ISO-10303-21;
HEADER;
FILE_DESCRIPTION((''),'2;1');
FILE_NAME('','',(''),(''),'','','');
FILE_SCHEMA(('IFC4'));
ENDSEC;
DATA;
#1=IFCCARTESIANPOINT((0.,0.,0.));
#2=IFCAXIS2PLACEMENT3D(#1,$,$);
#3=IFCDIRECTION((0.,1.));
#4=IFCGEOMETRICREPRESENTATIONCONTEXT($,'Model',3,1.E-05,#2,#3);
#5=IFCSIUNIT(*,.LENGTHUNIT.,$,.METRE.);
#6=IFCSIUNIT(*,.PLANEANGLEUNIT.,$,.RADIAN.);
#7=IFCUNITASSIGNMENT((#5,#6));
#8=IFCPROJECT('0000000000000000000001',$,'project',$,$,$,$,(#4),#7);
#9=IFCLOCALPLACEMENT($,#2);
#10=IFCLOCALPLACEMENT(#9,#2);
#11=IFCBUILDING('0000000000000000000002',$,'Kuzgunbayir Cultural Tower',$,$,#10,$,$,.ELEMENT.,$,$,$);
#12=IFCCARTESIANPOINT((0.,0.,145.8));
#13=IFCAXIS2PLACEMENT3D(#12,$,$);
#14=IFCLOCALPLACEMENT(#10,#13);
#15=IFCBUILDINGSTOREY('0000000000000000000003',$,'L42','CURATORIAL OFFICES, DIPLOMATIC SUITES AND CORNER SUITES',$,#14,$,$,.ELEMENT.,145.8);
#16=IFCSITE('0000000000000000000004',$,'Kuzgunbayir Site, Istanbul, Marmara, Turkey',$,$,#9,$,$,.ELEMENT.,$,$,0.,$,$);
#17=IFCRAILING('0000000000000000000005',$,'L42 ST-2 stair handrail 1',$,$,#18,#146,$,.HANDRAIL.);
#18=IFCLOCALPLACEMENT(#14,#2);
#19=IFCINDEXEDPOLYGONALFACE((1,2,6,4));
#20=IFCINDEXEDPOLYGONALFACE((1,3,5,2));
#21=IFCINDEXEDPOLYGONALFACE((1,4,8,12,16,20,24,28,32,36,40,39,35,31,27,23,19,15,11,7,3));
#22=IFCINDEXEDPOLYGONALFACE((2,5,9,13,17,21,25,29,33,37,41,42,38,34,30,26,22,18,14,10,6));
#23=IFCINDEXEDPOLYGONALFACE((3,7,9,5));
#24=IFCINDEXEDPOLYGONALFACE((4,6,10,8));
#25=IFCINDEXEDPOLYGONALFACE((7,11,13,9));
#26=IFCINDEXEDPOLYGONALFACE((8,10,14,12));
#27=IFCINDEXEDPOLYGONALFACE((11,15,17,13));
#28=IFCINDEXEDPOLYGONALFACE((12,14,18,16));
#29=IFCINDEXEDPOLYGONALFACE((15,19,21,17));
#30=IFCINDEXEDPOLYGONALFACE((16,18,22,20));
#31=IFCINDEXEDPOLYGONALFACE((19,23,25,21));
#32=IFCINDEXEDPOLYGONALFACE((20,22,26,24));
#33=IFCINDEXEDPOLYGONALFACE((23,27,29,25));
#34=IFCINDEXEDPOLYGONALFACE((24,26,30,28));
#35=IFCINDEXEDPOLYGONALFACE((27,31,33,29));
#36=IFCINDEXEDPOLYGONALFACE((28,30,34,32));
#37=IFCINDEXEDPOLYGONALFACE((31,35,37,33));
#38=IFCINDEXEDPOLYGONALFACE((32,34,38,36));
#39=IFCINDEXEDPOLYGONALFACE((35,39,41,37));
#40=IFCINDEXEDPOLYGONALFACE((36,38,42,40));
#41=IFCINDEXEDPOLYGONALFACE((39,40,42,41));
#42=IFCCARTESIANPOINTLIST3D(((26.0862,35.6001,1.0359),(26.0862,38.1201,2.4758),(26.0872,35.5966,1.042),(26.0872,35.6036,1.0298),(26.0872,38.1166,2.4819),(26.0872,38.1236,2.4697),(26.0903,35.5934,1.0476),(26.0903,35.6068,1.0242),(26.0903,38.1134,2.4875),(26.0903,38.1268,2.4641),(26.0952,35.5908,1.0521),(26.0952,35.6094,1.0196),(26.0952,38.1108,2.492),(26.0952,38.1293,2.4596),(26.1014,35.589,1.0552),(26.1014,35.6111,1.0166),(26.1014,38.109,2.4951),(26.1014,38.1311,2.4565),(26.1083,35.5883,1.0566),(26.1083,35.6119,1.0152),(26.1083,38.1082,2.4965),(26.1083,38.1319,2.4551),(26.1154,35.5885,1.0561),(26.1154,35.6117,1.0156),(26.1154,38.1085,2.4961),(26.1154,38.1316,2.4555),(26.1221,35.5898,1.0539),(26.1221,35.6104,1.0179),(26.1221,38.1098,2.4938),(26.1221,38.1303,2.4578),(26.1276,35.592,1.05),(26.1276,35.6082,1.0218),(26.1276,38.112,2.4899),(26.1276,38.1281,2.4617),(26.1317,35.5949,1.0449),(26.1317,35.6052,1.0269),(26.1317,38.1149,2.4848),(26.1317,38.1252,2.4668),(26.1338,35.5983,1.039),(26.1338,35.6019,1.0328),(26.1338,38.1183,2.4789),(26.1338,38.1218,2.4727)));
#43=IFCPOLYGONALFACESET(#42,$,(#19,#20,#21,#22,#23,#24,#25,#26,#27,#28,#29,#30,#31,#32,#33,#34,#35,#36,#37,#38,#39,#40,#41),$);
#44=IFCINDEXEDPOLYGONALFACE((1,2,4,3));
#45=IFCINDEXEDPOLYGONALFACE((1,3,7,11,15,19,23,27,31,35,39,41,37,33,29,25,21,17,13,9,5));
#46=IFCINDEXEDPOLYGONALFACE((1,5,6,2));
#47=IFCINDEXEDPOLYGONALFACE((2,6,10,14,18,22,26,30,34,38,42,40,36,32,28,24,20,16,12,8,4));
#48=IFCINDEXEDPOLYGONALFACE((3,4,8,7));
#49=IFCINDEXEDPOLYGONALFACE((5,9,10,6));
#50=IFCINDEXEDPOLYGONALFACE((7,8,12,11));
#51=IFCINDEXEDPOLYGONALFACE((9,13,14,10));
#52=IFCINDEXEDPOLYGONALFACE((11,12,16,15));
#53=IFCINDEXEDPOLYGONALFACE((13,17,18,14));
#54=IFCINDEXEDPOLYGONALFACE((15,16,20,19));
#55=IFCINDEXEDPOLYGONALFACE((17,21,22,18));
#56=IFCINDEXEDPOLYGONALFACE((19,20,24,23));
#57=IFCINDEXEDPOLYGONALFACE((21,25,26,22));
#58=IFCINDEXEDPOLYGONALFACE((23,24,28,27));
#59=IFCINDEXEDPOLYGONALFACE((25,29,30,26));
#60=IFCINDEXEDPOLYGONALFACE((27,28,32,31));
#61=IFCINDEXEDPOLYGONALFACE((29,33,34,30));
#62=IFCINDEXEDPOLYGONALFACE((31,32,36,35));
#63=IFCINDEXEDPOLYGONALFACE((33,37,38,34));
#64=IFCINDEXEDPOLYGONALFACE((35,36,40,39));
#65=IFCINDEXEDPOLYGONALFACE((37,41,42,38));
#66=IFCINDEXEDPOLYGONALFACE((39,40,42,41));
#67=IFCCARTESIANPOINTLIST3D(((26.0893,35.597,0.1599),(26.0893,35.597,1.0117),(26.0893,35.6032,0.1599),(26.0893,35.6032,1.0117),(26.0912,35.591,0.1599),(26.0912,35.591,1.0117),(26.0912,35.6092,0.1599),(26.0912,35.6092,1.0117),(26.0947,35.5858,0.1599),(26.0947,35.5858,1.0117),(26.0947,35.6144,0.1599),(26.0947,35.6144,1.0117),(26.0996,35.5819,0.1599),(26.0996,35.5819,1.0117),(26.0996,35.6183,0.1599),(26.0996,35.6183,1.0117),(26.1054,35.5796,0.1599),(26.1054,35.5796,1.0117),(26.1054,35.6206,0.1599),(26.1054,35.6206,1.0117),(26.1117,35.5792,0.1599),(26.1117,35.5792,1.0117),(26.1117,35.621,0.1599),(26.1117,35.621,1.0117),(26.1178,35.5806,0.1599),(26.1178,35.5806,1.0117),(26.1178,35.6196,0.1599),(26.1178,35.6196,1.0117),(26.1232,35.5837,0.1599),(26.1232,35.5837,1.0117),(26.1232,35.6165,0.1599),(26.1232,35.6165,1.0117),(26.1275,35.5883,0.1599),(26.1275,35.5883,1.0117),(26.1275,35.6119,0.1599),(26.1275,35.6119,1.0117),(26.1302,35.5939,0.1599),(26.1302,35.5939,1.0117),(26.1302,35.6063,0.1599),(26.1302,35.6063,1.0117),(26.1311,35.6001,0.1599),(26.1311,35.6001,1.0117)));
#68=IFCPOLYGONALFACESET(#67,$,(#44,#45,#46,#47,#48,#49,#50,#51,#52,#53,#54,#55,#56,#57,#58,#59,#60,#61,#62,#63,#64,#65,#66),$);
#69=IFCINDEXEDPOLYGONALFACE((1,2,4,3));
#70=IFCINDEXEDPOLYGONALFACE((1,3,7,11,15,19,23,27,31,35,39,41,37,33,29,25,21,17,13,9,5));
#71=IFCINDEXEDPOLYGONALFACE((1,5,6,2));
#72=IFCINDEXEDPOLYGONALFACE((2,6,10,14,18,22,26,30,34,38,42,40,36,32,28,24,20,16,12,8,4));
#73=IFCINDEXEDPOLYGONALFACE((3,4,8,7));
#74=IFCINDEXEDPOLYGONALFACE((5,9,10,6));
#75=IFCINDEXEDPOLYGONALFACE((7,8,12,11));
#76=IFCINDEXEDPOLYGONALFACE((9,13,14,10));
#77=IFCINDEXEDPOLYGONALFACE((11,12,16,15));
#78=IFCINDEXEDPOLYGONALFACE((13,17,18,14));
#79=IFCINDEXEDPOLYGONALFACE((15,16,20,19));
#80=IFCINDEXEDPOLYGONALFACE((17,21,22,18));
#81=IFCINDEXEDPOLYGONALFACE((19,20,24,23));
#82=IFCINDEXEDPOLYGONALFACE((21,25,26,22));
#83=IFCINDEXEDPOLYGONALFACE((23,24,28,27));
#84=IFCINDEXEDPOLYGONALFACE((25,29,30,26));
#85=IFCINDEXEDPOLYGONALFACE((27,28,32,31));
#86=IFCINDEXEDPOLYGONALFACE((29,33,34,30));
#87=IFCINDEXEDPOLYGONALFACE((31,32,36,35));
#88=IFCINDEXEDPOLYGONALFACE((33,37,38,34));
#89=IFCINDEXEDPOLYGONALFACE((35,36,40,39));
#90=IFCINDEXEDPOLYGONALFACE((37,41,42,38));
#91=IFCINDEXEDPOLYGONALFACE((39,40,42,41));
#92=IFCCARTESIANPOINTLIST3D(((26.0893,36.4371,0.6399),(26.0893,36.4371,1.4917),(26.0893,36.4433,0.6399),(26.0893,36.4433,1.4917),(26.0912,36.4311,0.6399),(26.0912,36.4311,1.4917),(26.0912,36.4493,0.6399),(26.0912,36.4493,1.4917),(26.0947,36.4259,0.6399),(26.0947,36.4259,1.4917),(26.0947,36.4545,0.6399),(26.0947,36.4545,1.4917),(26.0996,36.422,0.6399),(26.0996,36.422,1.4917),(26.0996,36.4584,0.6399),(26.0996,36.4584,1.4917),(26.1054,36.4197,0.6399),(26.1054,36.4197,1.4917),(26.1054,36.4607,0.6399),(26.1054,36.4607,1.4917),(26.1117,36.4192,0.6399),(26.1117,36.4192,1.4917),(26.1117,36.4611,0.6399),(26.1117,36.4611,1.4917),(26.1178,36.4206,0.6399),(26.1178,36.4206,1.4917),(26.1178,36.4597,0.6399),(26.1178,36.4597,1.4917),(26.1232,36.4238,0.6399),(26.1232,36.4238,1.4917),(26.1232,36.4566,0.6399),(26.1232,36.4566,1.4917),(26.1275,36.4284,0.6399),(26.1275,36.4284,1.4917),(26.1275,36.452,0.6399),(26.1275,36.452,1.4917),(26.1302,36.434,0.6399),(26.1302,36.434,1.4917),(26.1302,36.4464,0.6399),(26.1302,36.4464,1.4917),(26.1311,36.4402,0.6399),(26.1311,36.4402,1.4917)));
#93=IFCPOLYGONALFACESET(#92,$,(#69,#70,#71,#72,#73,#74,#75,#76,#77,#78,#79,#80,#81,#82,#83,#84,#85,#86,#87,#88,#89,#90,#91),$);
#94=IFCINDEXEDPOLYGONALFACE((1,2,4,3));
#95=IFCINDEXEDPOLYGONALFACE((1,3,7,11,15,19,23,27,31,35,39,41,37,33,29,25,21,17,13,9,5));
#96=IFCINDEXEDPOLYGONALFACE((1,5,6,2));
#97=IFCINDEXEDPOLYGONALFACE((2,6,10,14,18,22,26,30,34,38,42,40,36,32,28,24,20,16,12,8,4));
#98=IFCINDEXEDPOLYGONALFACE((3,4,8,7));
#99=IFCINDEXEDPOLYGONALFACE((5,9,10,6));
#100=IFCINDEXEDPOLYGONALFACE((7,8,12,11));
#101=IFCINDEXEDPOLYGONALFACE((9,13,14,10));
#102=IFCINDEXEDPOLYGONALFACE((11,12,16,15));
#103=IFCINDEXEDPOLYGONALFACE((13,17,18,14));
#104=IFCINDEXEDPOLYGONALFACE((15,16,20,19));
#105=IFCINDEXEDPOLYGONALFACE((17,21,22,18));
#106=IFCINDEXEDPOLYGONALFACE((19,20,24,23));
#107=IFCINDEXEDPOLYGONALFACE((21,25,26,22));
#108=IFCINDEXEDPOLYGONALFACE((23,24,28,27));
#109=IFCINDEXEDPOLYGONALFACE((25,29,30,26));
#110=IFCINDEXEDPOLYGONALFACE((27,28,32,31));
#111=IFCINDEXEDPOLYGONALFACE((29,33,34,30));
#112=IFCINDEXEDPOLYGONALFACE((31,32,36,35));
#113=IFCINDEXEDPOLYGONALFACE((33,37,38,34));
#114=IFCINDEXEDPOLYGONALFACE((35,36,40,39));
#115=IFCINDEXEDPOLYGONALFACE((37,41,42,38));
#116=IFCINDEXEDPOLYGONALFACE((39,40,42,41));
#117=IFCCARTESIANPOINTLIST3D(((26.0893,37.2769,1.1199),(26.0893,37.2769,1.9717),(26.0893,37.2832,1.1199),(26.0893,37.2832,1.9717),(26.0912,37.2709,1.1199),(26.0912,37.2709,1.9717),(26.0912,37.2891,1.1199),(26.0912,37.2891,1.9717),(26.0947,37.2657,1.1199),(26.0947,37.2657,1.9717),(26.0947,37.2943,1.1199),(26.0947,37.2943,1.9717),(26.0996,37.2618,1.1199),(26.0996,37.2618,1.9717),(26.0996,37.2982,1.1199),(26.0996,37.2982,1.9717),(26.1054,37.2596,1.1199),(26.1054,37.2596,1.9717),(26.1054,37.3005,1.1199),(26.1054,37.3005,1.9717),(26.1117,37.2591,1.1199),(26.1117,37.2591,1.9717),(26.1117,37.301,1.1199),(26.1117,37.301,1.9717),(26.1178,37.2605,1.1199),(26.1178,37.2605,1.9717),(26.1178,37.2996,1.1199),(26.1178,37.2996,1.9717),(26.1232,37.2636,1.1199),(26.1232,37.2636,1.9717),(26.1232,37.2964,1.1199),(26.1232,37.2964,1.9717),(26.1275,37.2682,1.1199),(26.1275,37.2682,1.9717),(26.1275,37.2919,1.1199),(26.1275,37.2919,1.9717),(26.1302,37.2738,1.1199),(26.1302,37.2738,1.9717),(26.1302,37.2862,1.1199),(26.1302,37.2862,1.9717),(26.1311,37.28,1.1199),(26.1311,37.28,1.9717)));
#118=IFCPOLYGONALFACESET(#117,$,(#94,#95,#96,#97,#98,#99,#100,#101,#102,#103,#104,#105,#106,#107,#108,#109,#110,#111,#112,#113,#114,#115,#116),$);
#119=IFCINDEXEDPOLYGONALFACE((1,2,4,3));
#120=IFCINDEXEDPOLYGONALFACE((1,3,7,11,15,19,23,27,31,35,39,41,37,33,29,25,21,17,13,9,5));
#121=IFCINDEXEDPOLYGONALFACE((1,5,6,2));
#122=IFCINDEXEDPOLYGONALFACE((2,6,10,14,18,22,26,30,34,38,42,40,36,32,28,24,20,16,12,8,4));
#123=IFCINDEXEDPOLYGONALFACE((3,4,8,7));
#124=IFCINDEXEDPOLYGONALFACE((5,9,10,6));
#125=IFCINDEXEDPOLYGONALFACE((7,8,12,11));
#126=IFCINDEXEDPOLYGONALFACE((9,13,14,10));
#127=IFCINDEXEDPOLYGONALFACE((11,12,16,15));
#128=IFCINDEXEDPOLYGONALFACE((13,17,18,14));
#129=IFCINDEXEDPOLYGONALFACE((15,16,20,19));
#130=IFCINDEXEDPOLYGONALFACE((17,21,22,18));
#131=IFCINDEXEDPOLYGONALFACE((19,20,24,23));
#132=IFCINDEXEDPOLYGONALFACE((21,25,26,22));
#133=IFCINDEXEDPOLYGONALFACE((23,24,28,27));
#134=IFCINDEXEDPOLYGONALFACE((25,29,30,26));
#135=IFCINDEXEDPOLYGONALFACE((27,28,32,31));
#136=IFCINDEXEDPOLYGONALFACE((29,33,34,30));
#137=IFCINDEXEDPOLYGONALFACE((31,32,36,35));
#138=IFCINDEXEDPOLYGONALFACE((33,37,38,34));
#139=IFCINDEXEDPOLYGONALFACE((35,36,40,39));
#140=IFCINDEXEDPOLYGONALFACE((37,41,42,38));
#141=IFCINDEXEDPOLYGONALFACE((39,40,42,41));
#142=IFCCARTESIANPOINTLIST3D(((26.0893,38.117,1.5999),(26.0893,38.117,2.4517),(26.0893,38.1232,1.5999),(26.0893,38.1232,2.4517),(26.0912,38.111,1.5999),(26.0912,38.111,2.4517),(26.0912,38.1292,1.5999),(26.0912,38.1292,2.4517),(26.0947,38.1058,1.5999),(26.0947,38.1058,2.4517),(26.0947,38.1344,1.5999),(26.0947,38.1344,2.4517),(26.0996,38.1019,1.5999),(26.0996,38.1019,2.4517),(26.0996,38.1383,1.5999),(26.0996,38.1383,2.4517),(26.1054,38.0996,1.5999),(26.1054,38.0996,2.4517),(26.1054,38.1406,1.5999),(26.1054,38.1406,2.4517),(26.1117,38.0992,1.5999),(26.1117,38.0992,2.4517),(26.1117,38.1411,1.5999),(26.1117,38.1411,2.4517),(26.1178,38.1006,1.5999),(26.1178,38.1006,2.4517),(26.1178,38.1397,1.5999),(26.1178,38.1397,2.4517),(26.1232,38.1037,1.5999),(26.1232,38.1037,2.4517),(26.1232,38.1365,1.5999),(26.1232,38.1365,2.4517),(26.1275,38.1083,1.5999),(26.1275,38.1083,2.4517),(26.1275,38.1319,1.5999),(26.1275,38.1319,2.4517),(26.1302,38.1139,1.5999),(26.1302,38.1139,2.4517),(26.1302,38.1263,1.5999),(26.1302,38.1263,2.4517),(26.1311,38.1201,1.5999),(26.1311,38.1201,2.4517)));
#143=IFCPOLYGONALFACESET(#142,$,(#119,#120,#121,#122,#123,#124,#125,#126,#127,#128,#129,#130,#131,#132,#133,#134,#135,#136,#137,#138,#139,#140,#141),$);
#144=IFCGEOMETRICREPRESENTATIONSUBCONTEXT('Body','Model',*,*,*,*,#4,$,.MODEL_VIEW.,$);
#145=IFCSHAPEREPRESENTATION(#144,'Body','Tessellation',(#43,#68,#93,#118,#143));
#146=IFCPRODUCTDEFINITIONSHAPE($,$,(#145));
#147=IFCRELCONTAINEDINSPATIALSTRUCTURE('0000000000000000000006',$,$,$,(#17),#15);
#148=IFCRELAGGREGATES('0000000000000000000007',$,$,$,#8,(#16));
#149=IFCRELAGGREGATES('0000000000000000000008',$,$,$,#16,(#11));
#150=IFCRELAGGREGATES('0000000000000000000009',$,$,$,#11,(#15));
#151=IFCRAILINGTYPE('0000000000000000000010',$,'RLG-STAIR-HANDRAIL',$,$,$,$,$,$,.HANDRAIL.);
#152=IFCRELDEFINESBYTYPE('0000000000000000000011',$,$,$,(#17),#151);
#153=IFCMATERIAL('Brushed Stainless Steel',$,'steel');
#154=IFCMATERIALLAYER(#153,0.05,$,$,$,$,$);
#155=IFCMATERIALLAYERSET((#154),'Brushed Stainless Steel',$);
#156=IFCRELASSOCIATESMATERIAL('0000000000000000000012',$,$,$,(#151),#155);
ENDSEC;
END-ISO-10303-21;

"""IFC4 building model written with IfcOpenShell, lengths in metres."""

from ifc_helpers import new_model, si_unit, direction, frame, origin, origin_2d, place, context, subcontext, project, spatial, circle, extrude, material, layer, layer_set, type_object, element, save


model = new_model("IFC4")

# Units and contexts
model_context = context("Model", 3, precision=1e-05, world=origin(), true_north=direction((0.0, 1.0)))
body_context = subcontext(model_context, "Body", "Model", "MODEL_VIEW")
ifc_project = project(units=[si_unit("LENGTHUNIT", "METRE"), si_unit("PLANEANGLEUNIT", "RADIAN")], contexts=[model_context])

# Site, building, storey
site_placement = place(None, origin())
site = spatial("IfcSite", under=ifc_project, at=site_placement, Name="Kuzgunbayir Site, Istanbul, Marmara, Turkey", CompositionType="ELEMENT", RefElevation=0.0)
building_placement = place(site_placement, origin())
building = spatial("IfcBuilding", under=site, at=building_placement, Name="Kuzgunbayir Cultural Tower", CompositionType="ELEMENT")
storey_placement = place(building_placement, frame((0.0, 0.0, 145.8)))
storey = spatial("IfcBuildingStorey", under=building, at=storey_placement, Name="L42", Description="CURATORIAL OFFICES, DIPLOMATIC SUITES AND CORNER SUITES", CompositionType="ELEMENT", Elevation=145.8)

# Shared definitions
ifc_material_1 = material(Name="Brushed Stainless Steel", Category="steel")

# Railing
ifc_layer_1 = layer(ifc_material_1, 0.05)
ifc_layer_set_1 = layer_set([ifc_layer_1], Name="Brushed Stainless Steel")
railing_type_1 = type_object("IfcRailingType", Name="RLG-STAIR-HANDRAIL", PredefinedType="HANDRAIL", material=ifc_layer_set_1)
railing_1_placement = place(storey_placement, frame((26.1101, 35.6001, 0.1599)))
element("IfcRailing", 1, at=railing_1_placement, inside=storey, type_object=railing_type_1, Name="L42 ST-2 stair handrail 1", PredefinedType="HANDRAIL", context=body_context, shape_type="SweptSolid", body=[
    extrude(circle(Radius=0.0239, at=origin_2d()), frame((0.0, 0.0, 0.876), z_axis=(0.0, 0.868253, 0.496121), x_axis=(-1.0, 0.0, 0.0)), (0.0, 0.0, 1.0), 2.9023),
    extrude(circle(Radius=0.021, at=origin_2d()), origin(), (0.0, 0.0, 1.0), 0.8518),
    extrude(circle(Radius=0.021, at=origin_2d()), frame((0.0, 0.8401, 0.48)), (0.0, 0.0, 1.0), 0.8518),
    extrude(circle(Radius=0.021, at=origin_2d()), frame((0.0, 1.6799, 0.96)), (0.0, 0.0, 1.0), 0.8518),
    extrude(circle(Radius=0.021, at=origin_2d()), frame((0.0, 2.52, 1.4399)), (0.0, 0.0, 1.0), 0.8518),
])

save(model, "model.ifc")
